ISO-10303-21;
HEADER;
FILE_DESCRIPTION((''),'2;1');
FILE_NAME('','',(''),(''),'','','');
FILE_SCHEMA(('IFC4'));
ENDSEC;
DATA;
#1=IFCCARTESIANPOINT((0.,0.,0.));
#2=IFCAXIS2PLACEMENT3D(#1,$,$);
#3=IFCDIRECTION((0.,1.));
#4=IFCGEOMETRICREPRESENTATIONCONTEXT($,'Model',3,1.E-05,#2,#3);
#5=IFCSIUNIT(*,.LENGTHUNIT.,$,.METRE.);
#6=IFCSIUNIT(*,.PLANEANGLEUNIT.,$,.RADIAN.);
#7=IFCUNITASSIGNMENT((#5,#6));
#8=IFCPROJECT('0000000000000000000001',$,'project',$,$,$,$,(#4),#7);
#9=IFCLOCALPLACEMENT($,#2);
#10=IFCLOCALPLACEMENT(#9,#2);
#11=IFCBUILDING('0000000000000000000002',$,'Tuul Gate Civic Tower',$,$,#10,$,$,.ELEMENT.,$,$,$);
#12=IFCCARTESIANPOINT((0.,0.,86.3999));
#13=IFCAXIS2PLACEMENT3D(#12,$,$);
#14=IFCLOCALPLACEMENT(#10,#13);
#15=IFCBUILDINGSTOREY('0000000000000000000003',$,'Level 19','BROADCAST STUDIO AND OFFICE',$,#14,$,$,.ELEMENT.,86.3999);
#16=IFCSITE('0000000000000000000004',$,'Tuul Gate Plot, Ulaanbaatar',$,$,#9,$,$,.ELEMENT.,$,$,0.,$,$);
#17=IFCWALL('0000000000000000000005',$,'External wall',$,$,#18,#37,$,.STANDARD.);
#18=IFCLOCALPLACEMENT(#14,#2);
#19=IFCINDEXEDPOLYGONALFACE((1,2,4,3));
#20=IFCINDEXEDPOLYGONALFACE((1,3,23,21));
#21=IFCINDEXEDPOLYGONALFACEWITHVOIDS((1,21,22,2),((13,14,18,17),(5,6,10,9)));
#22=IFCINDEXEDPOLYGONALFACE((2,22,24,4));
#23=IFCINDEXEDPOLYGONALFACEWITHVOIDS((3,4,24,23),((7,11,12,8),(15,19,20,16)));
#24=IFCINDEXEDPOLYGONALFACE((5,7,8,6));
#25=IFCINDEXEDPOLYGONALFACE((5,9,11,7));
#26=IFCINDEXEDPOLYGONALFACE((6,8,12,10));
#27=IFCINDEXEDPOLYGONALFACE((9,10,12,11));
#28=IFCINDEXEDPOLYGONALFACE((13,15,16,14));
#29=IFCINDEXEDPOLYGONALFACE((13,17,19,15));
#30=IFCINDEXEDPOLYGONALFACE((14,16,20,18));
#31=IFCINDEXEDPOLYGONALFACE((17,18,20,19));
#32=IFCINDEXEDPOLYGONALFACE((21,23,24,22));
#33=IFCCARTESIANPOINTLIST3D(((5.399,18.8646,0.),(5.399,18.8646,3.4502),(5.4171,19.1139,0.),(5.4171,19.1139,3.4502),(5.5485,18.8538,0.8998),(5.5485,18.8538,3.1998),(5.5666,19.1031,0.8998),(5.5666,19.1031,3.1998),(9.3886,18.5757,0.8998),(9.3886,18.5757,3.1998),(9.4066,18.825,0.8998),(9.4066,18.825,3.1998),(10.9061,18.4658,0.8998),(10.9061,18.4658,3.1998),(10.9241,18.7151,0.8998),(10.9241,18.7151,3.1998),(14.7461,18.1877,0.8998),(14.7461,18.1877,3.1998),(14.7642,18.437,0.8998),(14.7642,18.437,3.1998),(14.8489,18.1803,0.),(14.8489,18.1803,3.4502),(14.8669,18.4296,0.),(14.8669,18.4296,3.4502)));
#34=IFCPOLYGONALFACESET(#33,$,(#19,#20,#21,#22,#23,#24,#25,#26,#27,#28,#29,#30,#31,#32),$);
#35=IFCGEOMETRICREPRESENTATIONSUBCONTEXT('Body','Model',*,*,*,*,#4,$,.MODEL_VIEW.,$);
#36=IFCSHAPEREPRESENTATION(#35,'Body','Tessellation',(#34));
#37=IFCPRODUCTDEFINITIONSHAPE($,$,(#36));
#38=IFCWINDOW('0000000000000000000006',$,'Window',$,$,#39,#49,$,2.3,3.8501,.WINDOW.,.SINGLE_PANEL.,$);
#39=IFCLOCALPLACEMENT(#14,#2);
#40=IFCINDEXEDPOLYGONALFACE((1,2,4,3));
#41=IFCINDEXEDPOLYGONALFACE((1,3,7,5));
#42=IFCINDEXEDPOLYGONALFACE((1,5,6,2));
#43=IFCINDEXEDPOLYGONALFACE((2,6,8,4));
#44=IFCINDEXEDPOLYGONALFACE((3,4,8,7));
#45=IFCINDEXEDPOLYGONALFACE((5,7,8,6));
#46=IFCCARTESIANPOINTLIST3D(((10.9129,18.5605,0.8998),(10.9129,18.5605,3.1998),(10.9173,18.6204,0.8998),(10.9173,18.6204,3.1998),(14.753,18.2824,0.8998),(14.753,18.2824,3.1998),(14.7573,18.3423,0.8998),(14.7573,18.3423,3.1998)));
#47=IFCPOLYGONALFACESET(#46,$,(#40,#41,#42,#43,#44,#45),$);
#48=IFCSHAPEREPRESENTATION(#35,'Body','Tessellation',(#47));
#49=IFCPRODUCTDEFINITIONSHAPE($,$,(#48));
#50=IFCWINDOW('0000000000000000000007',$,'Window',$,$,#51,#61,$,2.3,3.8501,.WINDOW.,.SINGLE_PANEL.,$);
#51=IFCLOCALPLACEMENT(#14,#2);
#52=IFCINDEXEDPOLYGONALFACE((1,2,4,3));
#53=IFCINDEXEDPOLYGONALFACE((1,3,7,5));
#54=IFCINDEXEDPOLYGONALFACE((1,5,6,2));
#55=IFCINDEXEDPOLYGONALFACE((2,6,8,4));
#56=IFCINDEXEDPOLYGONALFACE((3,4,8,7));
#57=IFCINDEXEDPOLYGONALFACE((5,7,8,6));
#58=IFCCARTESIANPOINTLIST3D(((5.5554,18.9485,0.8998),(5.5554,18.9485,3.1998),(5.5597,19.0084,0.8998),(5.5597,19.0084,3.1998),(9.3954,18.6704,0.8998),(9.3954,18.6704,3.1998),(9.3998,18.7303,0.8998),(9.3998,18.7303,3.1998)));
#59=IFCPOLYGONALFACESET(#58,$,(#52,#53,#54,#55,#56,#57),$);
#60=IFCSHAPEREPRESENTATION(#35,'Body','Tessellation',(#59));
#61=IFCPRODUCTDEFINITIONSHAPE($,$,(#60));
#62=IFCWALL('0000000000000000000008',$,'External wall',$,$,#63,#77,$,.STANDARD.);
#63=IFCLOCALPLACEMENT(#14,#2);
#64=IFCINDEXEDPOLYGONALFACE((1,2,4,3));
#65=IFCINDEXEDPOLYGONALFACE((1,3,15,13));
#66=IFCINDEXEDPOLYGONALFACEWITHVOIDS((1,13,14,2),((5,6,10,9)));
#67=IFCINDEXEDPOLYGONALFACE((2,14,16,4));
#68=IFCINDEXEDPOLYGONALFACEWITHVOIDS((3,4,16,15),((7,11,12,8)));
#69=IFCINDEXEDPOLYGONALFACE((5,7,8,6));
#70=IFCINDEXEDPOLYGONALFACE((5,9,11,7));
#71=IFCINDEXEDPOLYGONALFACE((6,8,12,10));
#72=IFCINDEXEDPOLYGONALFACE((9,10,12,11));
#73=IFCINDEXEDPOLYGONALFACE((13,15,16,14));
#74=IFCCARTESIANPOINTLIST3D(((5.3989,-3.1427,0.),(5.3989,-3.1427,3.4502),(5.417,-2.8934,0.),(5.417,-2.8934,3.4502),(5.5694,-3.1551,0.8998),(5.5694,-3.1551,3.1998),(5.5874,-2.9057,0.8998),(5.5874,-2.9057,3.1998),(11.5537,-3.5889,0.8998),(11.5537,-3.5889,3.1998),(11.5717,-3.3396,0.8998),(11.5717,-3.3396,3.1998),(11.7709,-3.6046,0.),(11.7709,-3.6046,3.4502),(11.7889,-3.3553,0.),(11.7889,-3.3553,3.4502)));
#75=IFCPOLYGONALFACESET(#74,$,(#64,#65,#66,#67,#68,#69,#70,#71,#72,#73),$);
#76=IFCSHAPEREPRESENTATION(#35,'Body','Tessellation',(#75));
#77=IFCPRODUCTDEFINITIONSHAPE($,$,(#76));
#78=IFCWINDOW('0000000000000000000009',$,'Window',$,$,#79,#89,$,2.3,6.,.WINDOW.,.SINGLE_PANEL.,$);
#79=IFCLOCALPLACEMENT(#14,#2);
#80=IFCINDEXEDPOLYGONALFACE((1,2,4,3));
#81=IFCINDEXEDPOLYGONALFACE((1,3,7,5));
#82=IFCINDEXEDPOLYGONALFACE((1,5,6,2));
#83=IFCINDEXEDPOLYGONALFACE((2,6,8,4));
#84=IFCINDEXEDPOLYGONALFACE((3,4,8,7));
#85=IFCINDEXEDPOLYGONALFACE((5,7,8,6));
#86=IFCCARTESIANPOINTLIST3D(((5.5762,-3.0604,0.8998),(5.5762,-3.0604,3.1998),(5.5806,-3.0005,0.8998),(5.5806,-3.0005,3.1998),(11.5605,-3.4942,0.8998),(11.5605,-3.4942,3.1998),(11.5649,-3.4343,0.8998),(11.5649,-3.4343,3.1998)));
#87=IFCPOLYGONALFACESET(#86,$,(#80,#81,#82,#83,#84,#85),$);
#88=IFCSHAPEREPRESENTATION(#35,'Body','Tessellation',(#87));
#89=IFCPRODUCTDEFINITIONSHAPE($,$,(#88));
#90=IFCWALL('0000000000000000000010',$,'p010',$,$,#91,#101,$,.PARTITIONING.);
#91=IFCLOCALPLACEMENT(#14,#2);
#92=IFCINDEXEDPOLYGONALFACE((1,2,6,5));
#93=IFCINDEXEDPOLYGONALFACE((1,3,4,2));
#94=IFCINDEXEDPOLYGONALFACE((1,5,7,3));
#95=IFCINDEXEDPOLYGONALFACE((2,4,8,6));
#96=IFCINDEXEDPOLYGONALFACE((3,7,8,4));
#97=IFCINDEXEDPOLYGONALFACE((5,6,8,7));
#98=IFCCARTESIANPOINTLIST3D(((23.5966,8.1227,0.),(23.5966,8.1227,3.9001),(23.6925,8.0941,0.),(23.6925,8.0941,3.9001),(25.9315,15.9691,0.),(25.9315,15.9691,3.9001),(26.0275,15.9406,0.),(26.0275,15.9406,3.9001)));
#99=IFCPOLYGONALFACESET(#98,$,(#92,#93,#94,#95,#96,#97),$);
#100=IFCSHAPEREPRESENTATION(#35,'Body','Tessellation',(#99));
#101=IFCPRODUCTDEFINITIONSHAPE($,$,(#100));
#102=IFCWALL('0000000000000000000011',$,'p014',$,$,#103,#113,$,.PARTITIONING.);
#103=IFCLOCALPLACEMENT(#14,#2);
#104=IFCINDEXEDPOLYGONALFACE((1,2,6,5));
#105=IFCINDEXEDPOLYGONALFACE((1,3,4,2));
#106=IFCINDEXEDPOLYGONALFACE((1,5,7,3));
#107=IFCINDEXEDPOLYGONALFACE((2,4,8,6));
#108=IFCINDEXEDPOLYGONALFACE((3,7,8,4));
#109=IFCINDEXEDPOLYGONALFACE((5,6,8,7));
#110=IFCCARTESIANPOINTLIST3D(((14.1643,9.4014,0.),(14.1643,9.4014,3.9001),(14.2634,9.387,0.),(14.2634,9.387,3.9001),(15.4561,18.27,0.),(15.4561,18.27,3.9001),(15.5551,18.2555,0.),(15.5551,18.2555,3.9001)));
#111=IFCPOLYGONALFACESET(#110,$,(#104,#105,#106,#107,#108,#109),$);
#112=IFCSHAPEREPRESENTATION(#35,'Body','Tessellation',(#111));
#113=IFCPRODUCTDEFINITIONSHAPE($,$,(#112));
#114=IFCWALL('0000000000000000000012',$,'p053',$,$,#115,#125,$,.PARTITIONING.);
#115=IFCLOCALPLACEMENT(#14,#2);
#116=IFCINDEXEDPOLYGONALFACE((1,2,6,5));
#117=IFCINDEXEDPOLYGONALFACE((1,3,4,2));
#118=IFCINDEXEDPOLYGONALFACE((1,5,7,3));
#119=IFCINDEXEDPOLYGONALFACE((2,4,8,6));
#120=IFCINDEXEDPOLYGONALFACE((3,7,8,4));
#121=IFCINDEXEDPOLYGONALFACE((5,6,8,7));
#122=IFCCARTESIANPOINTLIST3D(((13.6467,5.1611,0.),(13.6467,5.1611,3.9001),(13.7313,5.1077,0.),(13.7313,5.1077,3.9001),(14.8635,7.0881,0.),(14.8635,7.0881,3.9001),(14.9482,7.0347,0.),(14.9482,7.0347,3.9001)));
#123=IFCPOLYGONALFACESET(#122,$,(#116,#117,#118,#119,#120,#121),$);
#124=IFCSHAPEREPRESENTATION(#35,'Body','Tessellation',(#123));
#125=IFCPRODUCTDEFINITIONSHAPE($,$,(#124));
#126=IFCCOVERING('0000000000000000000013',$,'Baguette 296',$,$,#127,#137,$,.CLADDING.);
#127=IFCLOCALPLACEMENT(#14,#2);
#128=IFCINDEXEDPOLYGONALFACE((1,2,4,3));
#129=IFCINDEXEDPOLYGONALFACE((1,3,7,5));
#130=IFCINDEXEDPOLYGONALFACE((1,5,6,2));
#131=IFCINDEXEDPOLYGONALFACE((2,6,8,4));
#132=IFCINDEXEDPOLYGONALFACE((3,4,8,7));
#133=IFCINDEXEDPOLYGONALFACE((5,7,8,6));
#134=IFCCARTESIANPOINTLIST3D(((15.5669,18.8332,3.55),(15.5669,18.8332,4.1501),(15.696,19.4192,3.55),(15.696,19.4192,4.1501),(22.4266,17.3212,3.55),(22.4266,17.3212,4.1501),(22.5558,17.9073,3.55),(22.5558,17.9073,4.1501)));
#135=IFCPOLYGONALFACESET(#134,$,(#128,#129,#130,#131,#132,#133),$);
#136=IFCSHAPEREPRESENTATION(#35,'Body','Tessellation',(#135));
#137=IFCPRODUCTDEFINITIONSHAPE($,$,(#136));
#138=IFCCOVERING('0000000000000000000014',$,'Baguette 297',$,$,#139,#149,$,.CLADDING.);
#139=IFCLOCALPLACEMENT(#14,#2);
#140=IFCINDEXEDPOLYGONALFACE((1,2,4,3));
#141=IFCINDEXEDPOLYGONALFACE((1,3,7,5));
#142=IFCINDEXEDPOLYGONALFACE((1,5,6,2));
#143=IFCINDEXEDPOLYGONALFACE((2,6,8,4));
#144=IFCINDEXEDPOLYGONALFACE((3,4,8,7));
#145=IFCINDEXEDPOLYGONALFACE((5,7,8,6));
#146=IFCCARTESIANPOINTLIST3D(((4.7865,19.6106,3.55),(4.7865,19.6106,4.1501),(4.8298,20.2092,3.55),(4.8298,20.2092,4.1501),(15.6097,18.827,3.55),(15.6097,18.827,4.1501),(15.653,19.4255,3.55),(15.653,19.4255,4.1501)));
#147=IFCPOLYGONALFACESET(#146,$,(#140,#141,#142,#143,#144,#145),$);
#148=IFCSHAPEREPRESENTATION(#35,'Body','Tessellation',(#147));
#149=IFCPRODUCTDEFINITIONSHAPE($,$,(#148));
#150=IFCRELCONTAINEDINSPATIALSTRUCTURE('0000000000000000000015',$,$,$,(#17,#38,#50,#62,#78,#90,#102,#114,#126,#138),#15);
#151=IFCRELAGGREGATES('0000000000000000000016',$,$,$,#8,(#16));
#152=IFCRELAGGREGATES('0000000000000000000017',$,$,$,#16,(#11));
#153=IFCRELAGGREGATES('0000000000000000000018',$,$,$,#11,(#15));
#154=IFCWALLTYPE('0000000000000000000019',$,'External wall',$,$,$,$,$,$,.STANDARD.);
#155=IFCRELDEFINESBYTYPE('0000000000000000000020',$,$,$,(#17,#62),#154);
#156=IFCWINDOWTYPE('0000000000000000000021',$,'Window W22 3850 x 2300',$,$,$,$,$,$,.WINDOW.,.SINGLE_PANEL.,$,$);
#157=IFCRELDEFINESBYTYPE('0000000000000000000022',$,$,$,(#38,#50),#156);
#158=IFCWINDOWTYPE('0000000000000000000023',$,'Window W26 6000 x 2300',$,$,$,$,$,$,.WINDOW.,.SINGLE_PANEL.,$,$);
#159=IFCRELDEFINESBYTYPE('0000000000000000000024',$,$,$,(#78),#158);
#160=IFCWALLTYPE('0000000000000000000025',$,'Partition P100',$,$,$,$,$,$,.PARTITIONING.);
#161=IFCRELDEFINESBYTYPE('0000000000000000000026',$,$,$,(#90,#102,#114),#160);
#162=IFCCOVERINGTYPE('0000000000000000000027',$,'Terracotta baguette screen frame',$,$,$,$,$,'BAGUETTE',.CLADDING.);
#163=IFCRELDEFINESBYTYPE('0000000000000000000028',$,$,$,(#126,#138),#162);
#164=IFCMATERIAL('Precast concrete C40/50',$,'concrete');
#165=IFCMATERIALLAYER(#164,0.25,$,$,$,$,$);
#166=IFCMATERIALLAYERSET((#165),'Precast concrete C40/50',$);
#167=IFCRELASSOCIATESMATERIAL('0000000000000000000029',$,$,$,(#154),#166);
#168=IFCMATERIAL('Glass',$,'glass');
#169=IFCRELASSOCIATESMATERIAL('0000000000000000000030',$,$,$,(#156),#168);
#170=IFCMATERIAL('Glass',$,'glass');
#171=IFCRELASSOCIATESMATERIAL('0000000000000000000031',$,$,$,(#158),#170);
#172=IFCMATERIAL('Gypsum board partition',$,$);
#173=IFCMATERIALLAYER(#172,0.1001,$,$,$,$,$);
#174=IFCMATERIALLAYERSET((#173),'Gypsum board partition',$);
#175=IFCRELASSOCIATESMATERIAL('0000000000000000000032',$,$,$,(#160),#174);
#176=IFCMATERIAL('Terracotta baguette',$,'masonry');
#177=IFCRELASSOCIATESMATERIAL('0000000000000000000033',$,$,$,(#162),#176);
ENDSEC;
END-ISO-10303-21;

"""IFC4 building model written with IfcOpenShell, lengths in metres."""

from ifc_helpers import new_model, si_unit, direction, frame, frame_2d, origin, origin_2d, place, context, subcontext, project, spatial, rectangle, extrude, material, layer, layer_set, material_profile, profile_set, type_object, element, fill, save


model = new_model("IFC4")

# Units and contexts
model_context = context("Model", 3, precision=1e-05, world=origin(), true_north=direction((0.0, 1.0)))
body_context = subcontext(model_context, "Body", "Model", "MODEL_VIEW")
ifc_project = project(units=[si_unit("LENGTHUNIT", "METRE"), si_unit("PLANEANGLEUNIT", "RADIAN")], contexts=[model_context])

# Site, building, storey
site_placement = place(None, origin())
site = spatial("IfcSite", under=ifc_project, at=site_placement, Name="Tuul Gate Plot, Ulaanbaatar", CompositionType="ELEMENT", RefElevation=0.0)
building_placement = place(site_placement, origin())
building = spatial("IfcBuilding", under=site, at=building_placement, Name="Tuul Gate Civic Tower", CompositionType="ELEMENT")
storey_placement = place(building_placement, frame((0.0, 0.0, 86.3999)))
storey = spatial("IfcBuildingStorey", under=building, at=storey_placement, Name="Level 19", Description="BROADCAST STUDIO AND OFFICE", CompositionType="ELEMENT", Elevation=86.3999)

# Wall, openings, windows
ifc_material_1 = material(Name="Precast concrete C40/50", Category="concrete")
ifc_layer_1 = layer(ifc_material_1, 0.25)
ifc_layer_set_1 = layer_set([ifc_layer_1], Name="Precast concrete C40/50")
wall_type_1 = type_object("IfcWallType", Name="External wall", PredefinedType="STANDARD", material=ifc_layer_set_1)
wall_1_placement = place(storey_placement, frame((14.8579, 18.3049, 0.0), z_axis=(0.0, 0.0, 1.0), x_axis=(-0.997388, 0.072227, 0.0)))
wall_1 = element("IfcWall", 1, at=wall_1_placement, inside=storey, type_object=wall_type_1, Name="External wall", PredefinedType="STANDARD", context=body_context, shape_type="SweptSolid", body=[
    extrude(rectangle(XDim=9.4746, YDim=0.25, at=frame_2d((4.7373, 0.0))), origin(), (0.0, 0.0, 1.0), 3.4502),
])
opening_1_placement = place(wall_1_placement, frame((0.103, 0.0, 0.8999)))
opening_1 = element("IfcOpeningElement", 2, at=opening_1_placement, cuts=wall_1, PredefinedType="OPENING", context=body_context, shape_type="SweptSolid", body=[
    extrude(rectangle(XDim=3.8501, YDim=2.3, at=frame_2d((1.925, 1.1499))), frame((0.0, 0.135, 0.0), z_axis=(0.0, -1.0, 0.0), x_axis=(1.0, 0.0, 0.0)), (0.0, 0.0, 1.0), 0.27),
])
opening_2_placement = place(wall_1_placement, frame((5.4746, 0.0, 0.8999)))
opening_2 = element("IfcOpeningElement", 3, at=opening_2_placement, cuts=wall_1, PredefinedType="OPENING", context=body_context, shape_type="SweptSolid", body=[
    extrude(rectangle(XDim=3.8501, YDim=2.3, at=frame_2d((1.925, 1.1499))), frame((0.0, 0.135, 0.0), z_axis=(0.0, -1.0, 0.0), x_axis=(1.0, 0.0, 0.0)), (0.0, 0.0, 1.0), 0.27),
])
ifc_material_2 = material(Name="Glass", Category="glass")
window_type_1 = type_object("IfcWindowType", Name="Window W22 3850 x 2300", PartitioningType="SINGLE_PANEL", PredefinedType="WINDOW", material=ifc_material_2)
window_1_placement = place(opening_1_placement, origin())
window_1 = element("IfcWindow", 4, at=window_1_placement, inside=storey, type_object=window_type_1, Name="Window", OverallHeight=2.3, OverallWidth=3.8501, PartitioningType="SINGLE_PANEL", PredefinedType="WINDOW", context=body_context, shape_type="SweptSolid", body=[
    extrude(rectangle(XDim=3.8501, YDim=2.3, at=frame_2d((1.925, 1.1499))), frame((0.0, 0.03, 0.0), z_axis=(0.0, -1.0, 0.0), x_axis=(1.0, 0.0, 0.0)), (0.0, 0.0, 1.0), 0.0601),
])
fill(opening_1, window_1)
window_2_placement = place(opening_2_placement, origin())
window_2 = element("IfcWindow", 5, at=window_2_placement, inside=storey, type_object=window_type_1, Name="Window", OverallHeight=2.3, OverallWidth=3.8501, PartitioningType="SINGLE_PANEL", PredefinedType="WINDOW", context=body_context, shape_type="SweptSolid", body=[
    extrude(rectangle(XDim=3.8501, YDim=2.3, at=frame_2d((1.925, 1.1499))), frame((0.0, 0.03, 0.0), z_axis=(0.0, -1.0, 0.0), x_axis=(1.0, 0.0, 0.0)), (0.0, 0.0, 1.0), 0.0601),
])
fill(opening_2, window_2)

# Wall, opening, window
wall_2_placement = place(storey_placement, frame((5.408, -3.0181, 0.0), z_axis=(0.0, 0.0, 1.0), x_axis=(0.997383, -0.072301, 0.0)))
wall_2 = element("IfcWall", 6, at=wall_2_placement, inside=storey, type_object=wall_type_1, Name="External wall", PredefinedType="STANDARD", context=body_context, shape_type="SweptSolid", body=[
    extrude(rectangle(XDim=6.3887, YDim=0.25, at=frame_2d((3.1943, 0.0))), origin(), (0.0, 0.0, 1.0), 3.4502),
])
opening_3_placement = place(wall_2_placement, frame((0.1709, 0.0, 0.8999)))
opening_3 = element("IfcOpeningElement", 7, at=opening_3_placement, cuts=wall_2, PredefinedType="OPENING", context=body_context, shape_type="SweptSolid", body=[
    extrude(rectangle(XDim=6.0, YDim=2.3, at=frame_2d((3.0, 1.1499))), frame((0.0, 0.135, 0.0), z_axis=(0.0, -1.0, 0.0), x_axis=(1.0, 0.0, 0.0)), (0.0, 0.0, 1.0), 0.27),
])
ifc_material_3 = material(Name="Glass", Category="glass")
window_type_2 = type_object("IfcWindowType", Name="Window W26 6000 x 2300", PartitioningType="SINGLE_PANEL", PredefinedType="WINDOW", material=ifc_material_3)
window_3_placement = place(opening_3_placement, origin())
window_3 = element("IfcWindow", 8, at=window_3_placement, inside=storey, type_object=window_type_2, Name="Window", OverallHeight=2.3, OverallWidth=6.0, PartitioningType="SINGLE_PANEL", PredefinedType="WINDOW", context=body_context, shape_type="SweptSolid", body=[
    extrude(rectangle(XDim=6.0, YDim=2.3, at=frame_2d((3.0, 1.1499))), frame((0.0, 0.03, 0.0), z_axis=(0.0, -1.0, 0.0), x_axis=(1.0, 0.0, 0.0)), (0.0, 0.0, 1.0), 0.0601),
])
fill(opening_3, window_3)

# Walls
ifc_material_4 = material(Name="Gypsum board partition")
ifc_layer_2 = layer(ifc_material_4, 0.1001)
ifc_layer_set_2 = layer_set([ifc_layer_2], Name="Gypsum board partition")
wall_type_2 = type_object("IfcWallType", Name="Partition P100", PredefinedType="PARTITIONING", material=ifc_layer_set_2)
wall_3_placement = place(storey_placement, frame((23.6445, 8.1084, 0.0), z_axis=(0.0, 0.0, 1.0), x_axis=(0.285221, 0.958462, 0.0)))
element("IfcWall", 9, at=wall_3_placement, inside=storey, type_object=wall_type_2, Name="p010", PredefinedType="PARTITIONING", context=body_context, shape_type="SweptSolid", body=[
    extrude(rectangle(XDim=8.1865, YDim=0.1001, at=frame_2d((4.0933, 0.0))), origin(), (0.0, 0.0, 1.0), 3.9001),
])
wall_4_placement = place(storey_placement, frame((14.2139, 9.3943, 0.0), z_axis=(0.0, 0.0, 1.0), x_axis=(0.144132, 0.989558, 0.0)))
element("IfcWall", 10, at=wall_4_placement, inside=storey, type_object=wall_type_2, Name="p014", PredefinedType="PARTITIONING", context=body_context, shape_type="SweptSolid", body=[
    extrude(rectangle(XDim=8.9622, YDim=0.1001, at=frame_2d((4.481, 0.0))), origin(), (0.0, 0.0, 1.0), 3.9001),
])
wall_5_placement = place(storey_placement, frame((13.689, 5.1343, 0.0), z_axis=(0.0, 0.0, 1.0), x_axis=(0.533912, 0.84554, 0.0)))
element("IfcWall", 11, at=wall_5_placement, inside=storey, type_object=wall_type_2, Name="p053", PredefinedType="PARTITIONING", context=body_context, shape_type="SweptSolid", body=[
    extrude(rectangle(XDim=2.2791, YDim=0.1001, at=frame_2d((1.1396, 0.0))), origin(), (0.0, 0.0, 1.0), 3.9001),
])

# Coverings
ifc_material_5 = material(Name="Terracotta baguette", Category="masonry")
ifc_material_profile_1 = material_profile(ifc_material_5, rectangle(XDim=0.6001, YDim=0.6001, at=origin_2d()), Name="Terracotta baguette screen frame")
ifc_profile_set_1 = profile_set([ifc_material_profile_1], Name="Terracotta baguette")
covering_type = type_object("IfcCoveringType", Name="Terracotta baguette screen frame", ElementType="BAGUETTE", PredefinedType="CLADDING", material=ifc_profile_set_1)
covering_1_placement = place(storey_placement, frame((22.4912, 17.6143, 3.8501), z_axis=(-0.976561, 0.215241, 0.0), x_axis=(-0.215241, -0.976561, 0.0)))
element("IfcCovering", 12, at=covering_1_placement, inside=storey, type_object=covering_type, Name="Baguette 296", PredefinedType="CLADDING", context=body_context, shape_type="SweptSolid", body=[
    extrude(rectangle(XDim=0.6001, YDim=0.6001, at=origin_2d()), origin(), (0.0, 0.0, 1.0), 7.0244),
])
covering_2_placement = place(storey_placement, frame((15.6313, 19.1262, 3.8501), z_axis=(-0.997389, 0.072219, 0.0), x_axis=(-0.072219, -0.997389, 0.0)))
element("IfcCovering", 13, at=covering_2_placement, inside=storey, type_object=covering_type, Name="Baguette 297", PredefinedType="CLADDING", context=body_context, shape_type="SweptSolid", body=[
    extrude(rectangle(XDim=0.6001, YDim=0.6001, at=origin_2d()), origin(), (0.0, 0.0, 1.0), 10.8516),
])

save(model, "model.ifc")
